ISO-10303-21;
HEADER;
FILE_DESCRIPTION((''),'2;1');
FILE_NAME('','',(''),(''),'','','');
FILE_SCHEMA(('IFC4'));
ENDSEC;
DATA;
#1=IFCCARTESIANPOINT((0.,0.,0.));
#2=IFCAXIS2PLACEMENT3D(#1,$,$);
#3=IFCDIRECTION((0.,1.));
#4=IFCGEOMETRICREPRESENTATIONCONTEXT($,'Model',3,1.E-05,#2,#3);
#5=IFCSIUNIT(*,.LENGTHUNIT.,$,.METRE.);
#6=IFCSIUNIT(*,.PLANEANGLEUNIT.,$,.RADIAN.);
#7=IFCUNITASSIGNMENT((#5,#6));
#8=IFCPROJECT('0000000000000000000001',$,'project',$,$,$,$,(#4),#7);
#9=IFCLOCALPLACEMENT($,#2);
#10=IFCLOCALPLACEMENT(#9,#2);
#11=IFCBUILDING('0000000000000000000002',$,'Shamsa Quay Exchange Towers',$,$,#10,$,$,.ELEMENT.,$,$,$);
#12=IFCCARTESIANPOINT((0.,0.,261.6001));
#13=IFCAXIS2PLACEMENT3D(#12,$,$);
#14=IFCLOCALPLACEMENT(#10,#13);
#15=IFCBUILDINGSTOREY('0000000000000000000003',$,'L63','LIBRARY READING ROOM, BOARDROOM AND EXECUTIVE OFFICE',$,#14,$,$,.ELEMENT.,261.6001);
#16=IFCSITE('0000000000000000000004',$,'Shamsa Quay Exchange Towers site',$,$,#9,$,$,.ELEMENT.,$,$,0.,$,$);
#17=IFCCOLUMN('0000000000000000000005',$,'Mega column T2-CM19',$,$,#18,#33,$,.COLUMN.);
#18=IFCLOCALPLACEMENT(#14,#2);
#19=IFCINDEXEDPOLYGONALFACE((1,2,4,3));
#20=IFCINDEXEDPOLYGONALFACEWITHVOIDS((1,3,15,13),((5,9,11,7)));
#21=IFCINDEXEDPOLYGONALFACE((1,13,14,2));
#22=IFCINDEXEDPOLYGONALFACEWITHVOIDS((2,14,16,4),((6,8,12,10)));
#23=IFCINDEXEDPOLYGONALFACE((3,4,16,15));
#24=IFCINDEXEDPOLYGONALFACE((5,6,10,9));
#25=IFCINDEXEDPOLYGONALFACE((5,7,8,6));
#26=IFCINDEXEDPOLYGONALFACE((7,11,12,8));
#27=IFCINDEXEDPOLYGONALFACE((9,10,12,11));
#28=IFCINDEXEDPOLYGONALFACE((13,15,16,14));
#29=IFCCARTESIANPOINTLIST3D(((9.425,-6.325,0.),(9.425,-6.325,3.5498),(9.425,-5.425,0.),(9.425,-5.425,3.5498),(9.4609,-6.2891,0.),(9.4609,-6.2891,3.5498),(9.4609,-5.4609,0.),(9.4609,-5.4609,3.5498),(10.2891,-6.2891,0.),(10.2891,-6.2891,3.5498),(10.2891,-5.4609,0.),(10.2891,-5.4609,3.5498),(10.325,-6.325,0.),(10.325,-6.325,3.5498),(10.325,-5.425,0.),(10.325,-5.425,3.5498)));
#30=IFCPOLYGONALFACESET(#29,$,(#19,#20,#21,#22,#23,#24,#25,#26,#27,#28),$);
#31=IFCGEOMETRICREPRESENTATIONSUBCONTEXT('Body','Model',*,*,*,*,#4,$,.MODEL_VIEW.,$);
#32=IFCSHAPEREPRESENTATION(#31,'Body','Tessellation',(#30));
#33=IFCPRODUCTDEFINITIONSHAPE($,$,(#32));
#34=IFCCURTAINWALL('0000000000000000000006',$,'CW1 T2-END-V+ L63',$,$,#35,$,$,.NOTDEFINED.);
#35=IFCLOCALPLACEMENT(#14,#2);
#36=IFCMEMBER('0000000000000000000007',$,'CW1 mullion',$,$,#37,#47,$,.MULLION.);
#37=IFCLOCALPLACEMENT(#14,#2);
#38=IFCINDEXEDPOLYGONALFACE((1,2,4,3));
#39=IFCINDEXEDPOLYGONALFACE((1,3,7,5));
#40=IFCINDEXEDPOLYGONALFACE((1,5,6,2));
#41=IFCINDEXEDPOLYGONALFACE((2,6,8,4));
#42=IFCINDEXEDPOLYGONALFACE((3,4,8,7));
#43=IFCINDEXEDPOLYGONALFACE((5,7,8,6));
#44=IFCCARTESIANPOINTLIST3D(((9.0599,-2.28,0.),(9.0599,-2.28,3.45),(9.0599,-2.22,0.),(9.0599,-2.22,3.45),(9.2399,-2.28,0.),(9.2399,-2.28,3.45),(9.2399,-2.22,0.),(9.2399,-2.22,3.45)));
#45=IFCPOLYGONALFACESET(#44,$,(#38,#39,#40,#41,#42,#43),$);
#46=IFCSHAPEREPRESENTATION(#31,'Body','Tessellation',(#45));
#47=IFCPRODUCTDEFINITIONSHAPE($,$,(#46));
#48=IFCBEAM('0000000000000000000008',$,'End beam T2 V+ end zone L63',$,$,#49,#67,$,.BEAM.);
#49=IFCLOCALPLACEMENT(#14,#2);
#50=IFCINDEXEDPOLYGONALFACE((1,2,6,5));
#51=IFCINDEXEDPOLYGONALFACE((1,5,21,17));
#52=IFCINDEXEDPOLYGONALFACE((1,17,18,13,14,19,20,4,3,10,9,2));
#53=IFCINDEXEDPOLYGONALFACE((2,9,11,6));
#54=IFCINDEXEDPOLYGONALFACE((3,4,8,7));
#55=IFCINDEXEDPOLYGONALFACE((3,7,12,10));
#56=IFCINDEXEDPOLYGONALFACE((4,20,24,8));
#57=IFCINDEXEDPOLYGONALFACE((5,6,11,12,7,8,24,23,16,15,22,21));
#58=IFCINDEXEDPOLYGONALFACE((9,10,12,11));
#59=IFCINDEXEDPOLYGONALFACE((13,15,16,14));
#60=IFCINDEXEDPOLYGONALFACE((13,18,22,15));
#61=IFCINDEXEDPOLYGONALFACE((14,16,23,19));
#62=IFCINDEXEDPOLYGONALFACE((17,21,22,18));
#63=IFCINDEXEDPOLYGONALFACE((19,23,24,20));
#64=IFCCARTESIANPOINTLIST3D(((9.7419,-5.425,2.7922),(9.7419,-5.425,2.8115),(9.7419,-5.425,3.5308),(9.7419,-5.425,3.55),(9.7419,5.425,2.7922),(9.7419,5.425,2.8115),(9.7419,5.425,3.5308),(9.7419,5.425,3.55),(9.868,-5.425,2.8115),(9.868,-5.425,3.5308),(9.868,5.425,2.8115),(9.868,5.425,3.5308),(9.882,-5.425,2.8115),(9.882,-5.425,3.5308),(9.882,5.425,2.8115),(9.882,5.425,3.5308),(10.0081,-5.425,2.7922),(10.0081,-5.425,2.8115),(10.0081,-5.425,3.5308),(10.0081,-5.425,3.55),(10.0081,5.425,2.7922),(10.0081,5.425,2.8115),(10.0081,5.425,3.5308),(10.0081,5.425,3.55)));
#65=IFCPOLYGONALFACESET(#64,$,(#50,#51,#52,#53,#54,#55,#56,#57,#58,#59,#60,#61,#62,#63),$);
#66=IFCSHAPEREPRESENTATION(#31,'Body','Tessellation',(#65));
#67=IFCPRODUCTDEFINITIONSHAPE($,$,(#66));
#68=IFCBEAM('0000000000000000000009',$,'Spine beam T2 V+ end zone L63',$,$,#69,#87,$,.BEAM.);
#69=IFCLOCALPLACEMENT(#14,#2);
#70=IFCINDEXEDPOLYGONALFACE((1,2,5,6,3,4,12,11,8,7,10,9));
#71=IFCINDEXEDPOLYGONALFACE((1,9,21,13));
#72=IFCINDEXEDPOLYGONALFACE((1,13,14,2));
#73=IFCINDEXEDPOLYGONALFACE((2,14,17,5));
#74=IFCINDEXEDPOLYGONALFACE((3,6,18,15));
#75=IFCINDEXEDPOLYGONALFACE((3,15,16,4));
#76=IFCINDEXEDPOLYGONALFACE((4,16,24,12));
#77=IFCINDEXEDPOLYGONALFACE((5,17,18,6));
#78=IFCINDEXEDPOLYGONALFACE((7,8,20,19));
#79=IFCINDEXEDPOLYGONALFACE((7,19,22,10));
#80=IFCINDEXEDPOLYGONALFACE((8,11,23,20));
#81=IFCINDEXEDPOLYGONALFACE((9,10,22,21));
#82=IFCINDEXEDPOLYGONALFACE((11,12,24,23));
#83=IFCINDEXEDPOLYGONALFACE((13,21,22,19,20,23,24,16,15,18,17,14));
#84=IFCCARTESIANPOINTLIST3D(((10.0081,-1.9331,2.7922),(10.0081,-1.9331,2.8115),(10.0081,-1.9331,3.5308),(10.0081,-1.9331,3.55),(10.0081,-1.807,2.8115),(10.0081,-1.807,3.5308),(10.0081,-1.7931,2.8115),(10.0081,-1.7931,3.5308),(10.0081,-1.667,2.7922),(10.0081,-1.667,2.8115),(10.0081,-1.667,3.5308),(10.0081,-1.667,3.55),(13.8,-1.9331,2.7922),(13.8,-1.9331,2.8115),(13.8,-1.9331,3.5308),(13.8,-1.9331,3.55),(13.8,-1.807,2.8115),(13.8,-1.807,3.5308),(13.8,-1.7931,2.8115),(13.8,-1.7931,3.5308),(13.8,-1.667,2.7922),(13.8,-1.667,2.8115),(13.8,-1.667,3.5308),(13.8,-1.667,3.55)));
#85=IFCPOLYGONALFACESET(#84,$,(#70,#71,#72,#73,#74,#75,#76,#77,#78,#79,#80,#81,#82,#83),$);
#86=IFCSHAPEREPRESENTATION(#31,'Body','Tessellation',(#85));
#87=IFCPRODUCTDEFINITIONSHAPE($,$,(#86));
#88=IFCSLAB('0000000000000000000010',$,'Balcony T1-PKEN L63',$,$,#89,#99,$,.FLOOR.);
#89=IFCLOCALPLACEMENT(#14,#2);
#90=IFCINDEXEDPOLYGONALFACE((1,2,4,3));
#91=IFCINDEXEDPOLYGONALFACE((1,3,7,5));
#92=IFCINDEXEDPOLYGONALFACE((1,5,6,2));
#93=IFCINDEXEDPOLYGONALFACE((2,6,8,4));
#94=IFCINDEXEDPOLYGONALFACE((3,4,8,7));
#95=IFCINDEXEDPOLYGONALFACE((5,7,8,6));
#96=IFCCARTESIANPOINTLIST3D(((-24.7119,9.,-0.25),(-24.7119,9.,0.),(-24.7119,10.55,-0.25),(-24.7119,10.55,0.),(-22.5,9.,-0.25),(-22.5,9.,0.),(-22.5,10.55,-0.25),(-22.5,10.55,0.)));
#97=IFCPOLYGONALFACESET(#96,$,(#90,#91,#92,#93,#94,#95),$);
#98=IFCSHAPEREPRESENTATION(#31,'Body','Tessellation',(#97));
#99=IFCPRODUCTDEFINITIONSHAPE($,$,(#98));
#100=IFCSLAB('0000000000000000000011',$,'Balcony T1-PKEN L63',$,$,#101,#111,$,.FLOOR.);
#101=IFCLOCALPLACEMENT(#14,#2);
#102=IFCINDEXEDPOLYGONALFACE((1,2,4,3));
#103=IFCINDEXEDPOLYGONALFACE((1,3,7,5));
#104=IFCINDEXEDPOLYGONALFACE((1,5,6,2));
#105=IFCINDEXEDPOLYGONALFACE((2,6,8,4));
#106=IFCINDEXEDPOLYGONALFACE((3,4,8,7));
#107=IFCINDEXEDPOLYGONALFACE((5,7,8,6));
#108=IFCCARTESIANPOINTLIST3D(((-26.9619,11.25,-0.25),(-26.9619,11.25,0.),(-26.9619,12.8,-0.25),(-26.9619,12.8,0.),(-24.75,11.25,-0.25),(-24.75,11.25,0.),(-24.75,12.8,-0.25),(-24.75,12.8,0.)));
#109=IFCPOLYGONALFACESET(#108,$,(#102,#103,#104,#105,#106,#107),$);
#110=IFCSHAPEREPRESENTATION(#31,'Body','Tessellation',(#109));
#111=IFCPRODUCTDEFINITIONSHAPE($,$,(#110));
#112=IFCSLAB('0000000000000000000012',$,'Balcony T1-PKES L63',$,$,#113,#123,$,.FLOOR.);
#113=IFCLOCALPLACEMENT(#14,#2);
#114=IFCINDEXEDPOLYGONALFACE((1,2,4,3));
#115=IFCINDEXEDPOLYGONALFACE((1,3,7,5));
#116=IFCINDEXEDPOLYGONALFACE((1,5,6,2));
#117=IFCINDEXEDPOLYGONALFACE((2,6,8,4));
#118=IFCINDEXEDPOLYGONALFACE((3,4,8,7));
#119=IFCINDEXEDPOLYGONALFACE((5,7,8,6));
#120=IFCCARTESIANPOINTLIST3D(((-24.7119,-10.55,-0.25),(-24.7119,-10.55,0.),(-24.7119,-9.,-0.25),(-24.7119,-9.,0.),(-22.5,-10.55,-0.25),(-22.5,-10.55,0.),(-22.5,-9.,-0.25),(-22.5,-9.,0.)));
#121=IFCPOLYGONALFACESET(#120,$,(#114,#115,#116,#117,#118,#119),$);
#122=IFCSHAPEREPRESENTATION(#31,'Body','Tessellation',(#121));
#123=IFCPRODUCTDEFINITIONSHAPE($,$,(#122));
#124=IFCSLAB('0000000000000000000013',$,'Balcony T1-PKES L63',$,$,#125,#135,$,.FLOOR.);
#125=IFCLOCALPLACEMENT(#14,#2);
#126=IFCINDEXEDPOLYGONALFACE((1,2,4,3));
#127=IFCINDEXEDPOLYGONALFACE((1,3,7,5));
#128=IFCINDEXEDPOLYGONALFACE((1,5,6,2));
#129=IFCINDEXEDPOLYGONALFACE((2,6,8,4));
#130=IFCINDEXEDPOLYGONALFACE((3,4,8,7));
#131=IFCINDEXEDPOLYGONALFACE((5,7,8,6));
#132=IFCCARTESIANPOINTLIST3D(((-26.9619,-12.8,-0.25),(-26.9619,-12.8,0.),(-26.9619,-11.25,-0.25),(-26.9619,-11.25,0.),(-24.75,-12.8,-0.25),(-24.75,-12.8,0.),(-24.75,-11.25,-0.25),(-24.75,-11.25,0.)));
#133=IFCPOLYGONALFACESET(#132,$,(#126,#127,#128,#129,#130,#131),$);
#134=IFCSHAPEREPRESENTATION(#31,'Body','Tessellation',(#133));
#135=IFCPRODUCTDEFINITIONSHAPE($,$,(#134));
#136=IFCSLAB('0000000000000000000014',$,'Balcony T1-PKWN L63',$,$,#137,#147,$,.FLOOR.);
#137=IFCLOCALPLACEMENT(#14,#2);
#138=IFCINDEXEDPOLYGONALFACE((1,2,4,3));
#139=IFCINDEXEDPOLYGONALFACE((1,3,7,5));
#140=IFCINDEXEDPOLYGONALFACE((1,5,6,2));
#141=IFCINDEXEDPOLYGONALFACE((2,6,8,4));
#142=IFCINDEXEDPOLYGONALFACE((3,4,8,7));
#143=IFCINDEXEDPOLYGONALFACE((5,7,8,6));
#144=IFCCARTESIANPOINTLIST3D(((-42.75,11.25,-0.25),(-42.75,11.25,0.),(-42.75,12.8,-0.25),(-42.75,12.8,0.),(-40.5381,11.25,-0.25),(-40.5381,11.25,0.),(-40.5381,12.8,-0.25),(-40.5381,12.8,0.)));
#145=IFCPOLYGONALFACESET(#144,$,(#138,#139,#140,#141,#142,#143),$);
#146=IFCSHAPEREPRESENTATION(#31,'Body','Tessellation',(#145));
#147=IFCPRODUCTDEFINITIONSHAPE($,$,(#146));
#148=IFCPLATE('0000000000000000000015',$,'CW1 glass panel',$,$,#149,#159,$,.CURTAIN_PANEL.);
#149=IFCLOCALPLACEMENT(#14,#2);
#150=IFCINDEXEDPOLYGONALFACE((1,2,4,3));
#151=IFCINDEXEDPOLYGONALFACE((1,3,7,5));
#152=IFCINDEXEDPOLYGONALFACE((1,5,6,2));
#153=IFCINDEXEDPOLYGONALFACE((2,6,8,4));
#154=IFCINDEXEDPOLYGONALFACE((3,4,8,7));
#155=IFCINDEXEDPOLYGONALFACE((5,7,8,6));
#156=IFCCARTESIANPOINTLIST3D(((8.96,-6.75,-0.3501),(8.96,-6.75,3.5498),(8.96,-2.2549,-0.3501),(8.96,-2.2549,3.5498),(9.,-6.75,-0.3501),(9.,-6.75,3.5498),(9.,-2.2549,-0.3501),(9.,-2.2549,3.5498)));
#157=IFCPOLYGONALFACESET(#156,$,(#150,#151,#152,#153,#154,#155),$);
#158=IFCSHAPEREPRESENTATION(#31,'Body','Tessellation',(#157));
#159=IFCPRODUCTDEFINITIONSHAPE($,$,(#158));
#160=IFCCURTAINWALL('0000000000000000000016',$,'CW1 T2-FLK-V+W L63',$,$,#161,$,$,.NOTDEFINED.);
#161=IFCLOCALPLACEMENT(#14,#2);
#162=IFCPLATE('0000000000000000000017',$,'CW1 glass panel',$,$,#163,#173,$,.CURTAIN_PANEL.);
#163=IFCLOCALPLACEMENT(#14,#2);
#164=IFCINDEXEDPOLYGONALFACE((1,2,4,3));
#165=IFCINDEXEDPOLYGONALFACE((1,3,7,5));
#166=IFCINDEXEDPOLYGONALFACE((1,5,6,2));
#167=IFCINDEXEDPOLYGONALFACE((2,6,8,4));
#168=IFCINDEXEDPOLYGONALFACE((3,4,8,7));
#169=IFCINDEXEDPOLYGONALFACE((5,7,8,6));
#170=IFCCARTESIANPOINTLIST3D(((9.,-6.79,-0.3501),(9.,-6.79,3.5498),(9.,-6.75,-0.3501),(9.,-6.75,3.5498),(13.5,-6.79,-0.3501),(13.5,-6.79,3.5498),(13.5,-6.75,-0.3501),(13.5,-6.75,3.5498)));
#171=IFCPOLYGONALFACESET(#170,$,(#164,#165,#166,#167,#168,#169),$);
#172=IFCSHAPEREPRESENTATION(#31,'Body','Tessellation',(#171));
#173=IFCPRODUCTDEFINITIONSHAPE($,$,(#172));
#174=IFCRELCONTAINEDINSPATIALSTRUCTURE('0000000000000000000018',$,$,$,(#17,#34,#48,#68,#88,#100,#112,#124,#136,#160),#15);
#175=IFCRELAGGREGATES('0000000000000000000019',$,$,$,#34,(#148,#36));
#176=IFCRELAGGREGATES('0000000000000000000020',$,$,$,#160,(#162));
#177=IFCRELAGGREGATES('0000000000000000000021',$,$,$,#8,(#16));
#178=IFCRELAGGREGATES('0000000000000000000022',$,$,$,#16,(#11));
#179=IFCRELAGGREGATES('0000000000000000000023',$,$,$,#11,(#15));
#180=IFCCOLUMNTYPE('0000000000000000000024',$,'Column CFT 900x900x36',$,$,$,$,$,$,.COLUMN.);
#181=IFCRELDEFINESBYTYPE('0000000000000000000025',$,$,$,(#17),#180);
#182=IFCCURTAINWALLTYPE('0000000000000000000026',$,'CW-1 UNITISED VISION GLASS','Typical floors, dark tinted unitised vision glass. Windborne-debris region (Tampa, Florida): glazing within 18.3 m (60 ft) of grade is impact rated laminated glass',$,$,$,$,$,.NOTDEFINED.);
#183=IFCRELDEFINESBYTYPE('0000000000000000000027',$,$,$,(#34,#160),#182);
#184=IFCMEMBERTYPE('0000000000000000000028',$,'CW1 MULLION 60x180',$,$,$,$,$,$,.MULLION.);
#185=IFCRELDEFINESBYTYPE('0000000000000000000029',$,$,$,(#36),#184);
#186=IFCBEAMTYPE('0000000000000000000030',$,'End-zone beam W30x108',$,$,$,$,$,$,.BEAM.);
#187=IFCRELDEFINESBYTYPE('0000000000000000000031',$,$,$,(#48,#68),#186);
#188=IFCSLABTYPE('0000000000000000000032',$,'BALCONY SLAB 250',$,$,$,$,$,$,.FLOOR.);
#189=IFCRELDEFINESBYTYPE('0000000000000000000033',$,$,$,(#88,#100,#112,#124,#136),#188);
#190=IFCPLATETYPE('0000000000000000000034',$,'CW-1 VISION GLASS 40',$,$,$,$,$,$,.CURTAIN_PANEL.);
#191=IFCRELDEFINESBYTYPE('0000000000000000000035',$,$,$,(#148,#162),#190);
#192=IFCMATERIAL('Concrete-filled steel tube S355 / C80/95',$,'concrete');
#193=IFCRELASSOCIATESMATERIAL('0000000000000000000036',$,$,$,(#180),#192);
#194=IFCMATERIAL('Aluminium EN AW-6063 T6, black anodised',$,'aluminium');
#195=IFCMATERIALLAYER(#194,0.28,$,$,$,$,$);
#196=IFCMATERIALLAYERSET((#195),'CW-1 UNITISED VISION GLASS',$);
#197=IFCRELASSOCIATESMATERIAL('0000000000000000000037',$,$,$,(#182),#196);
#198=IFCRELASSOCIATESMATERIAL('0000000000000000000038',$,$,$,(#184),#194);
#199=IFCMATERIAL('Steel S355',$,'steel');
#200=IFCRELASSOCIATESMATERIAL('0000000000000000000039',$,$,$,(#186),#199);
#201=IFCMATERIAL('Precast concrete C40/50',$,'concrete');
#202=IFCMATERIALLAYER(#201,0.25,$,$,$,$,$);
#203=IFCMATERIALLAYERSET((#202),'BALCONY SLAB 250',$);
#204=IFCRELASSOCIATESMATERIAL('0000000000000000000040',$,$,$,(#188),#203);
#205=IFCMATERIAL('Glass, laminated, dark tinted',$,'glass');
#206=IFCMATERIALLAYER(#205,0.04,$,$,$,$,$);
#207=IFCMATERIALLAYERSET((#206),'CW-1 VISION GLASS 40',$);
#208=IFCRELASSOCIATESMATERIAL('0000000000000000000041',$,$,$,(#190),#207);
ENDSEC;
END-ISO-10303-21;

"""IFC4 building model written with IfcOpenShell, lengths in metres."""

from ifc_helpers import new_model, si_unit, direction, frame, origin, origin_2d, place, context, subcontext, project, spatial, polyline, rectangle, hollow_rectangle, i_section, outline, extrude, material, layer, layer_set, material_profile, profile_set, type_object, element, aggregate, save


model = new_model("IFC4")

# Units and contexts
model_context = context("Model", 3, precision=1e-05, world=origin(), true_north=direction((0.0, 1.0)))
body_context = subcontext(model_context, "Body", "Model", "MODEL_VIEW")
ifc_project = project(units=[si_unit("LENGTHUNIT", "METRE"), si_unit("PLANEANGLEUNIT", "RADIAN")], contexts=[model_context])

# Site, building, storey
site_placement = place(None, origin())
site = spatial("IfcSite", under=ifc_project, at=site_placement, Name="Shamsa Quay Exchange Towers site", CompositionType="ELEMENT", RefElevation=0.0)
building_placement = place(site_placement, origin())
building = spatial("IfcBuilding", under=site, at=building_placement, Name="Shamsa Quay Exchange Towers", CompositionType="ELEMENT")
storey_placement = place(building_placement, frame((0.0, 0.0, 261.6001)))
storey = spatial("IfcBuildingStorey", under=building, at=storey_placement, Name="L63", Description="LIBRARY READING ROOM, BOARDROOM AND EXECUTIVE OFFICE", CompositionType="ELEMENT", Elevation=261.6001)

# Column
ifc_material_1 = material(Name="Concrete-filled steel tube S355 / C80/95", Category="concrete")
ifc_material_profile_1 = material_profile(ifc_material_1, hollow_rectangle(XDim=0.8999, YDim=0.8999, WallThickness=0.0359, at=origin_2d()), Name="CFT 900x900x36")
ifc_profile_set_1 = profile_set([ifc_material_profile_1], Name="Concrete-filled steel tube S355 / C80/95")
column_type = type_object("IfcColumnType", Name="Column CFT 900x900x36", PredefinedType="COLUMN", material=ifc_profile_set_1)
column_placement = place(storey_placement, frame((9.875, -5.875, 0.0)))
element("IfcColumn", 1, at=column_placement, inside=storey, type_object=column_type, Name="Mega column T2-CM19", PredefinedType="COLUMN", context=body_context, shape_type="SweptSolid", body=[
    extrude(hollow_rectangle(XDim=0.8999, YDim=0.8999, WallThickness=0.0359, at=origin_2d()), origin(), (0.0, 0.0, 1.0), 3.5498),
])

# Curtain wall, member
ifc_material_2 = material(Name="Aluminium EN AW-6063 T6, black anodised", Category="aluminium")
ifc_layer_1 = layer(ifc_material_2, 0.28)
ifc_layer_set_1 = layer_set([ifc_layer_1], Name="CW-1 UNITISED VISION GLASS")
curtain_wall_type = type_object("IfcCurtainWallType", Name="CW-1 UNITISED VISION GLASS", Description="Typical floors, dark tinted unitised vision glass. Windborne-debris region (Tampa, Florida): glazing within 18.3 m (60 ft) of grade is impact rated laminated glass", PredefinedType="NOTDEFINED", material=ifc_layer_set_1)
curtain_wall_1_placement = place(storey_placement, origin())
curtain_wall_1 = element("IfcCurtainWall", 2, at=curtain_wall_1_placement, inside=storey, type_object=curtain_wall_type, Name="CW1 T2-END-V+ L63", PredefinedType="NOTDEFINED")
ifc_material_profile_2 = material_profile(ifc_material_2, rectangle(XDim=0.1799, YDim=0.0601, at=origin_2d()), Name="MU60x180")
ifc_profile_set_2 = profile_set([ifc_material_profile_2], Name="Aluminium EN AW-6063 T6, black anodised")
member_type = type_object("IfcMemberType", Name="CW1 MULLION 60x180", PredefinedType="MULLION", material=ifc_profile_set_2)
member_placement = place(storey_placement, frame((9.1499, -2.25, 0.0)))
member = element("IfcMember", 3, at=member_placement, type_object=member_type, Name="CW1 mullion", PredefinedType="MULLION", context=body_context, shape_type="SweptSolid", body=[
    extrude(rectangle(XDim=0.1799, YDim=0.0601, at=origin_2d()), origin(), (0.0, 0.0, 1.0), 3.45),
])

# Beams
ifc_material_3 = material(Name="Steel S355", Category="steel")
ifc_material_profile_3 = material_profile(ifc_material_3, i_section(OverallWidth=0.2661, OverallDepth=0.7578, WebThickness=0.0139, FlangeThickness=0.0193, at=origin_2d()), Name="W30x108")
ifc_profile_set_3 = profile_set([ifc_material_profile_3], Name="Steel S355")
beam_type = type_object("IfcBeamType", Name="End-zone beam W30x108", PredefinedType="BEAM", material=ifc_profile_set_3)
beam_1_placement = place(storey_placement, frame((9.875, -5.425, 3.1711), z_axis=(0.0, 1.0, 0.0), x_axis=(-1.0, 0.0, 0.0)))
element("IfcBeam", 4, at=beam_1_placement, inside=storey, type_object=beam_type, Name="End beam T2 V+ end zone L63", PredefinedType="BEAM", context=body_context, shape_type="SweptSolid", body=[
    extrude(i_section(OverallWidth=0.2661, OverallDepth=0.7578, WebThickness=0.0139, FlangeThickness=0.0193, at=origin_2d()), origin(), (0.0, 0.0, 1.0), 10.8501),
])
beam_2_placement = place(storey_placement, frame((13.8, -1.8, 3.1711), z_axis=(-1.0, 0.0, 0.0), x_axis=(0.0, -1.0, 0.0)))
element("IfcBeam", 5, at=beam_2_placement, inside=storey, type_object=beam_type, Name="Spine beam T2 V+ end zone L63", PredefinedType="BEAM", context=body_context, shape_type="SweptSolid", body=[
    extrude(i_section(OverallWidth=0.2661, OverallDepth=0.7578, WebThickness=0.0139, FlangeThickness=0.0193, at=origin_2d()), origin(), (0.0, 0.0, 1.0), 3.792),
])

# Slabs
ifc_material_4 = material(Name="Precast concrete C40/50", Category="concrete")
ifc_layer_2 = layer(ifc_material_4, 0.25)
ifc_layer_set_2 = layer_set([ifc_layer_2], Name="BALCONY SLAB 250")
slab_type_1 = type_object("IfcSlabType", Name="BALCONY SLAB 250", PredefinedType="FLOOR", material=ifc_layer_set_2)
slab_1_placement = place(storey_placement, frame((0.0, 0.0, -0.25)))
element("IfcSlab", 6, at=slab_1_placement, inside=storey, type_object=slab_type_1, Name="Balcony T1-PKEN L63", PredefinedType="FLOOR", context=body_context, shape_type="SweptSolid", body=[
    extrude(outline(polyline([(-22.5, 9.0), (-24.7119, 9.0), (-24.7119, 10.55), (-22.5, 10.55), (-22.5, 9.0)])), origin(), (0.0, 0.0, 1.0), 0.25),
])
slab_2_placement = place(storey_placement, frame((0.0, 0.0, -0.25)))
element("IfcSlab", 7, at=slab_2_placement, inside=storey, type_object=slab_type_1, Name="Balcony T1-PKEN L63", PredefinedType="FLOOR", context=body_context, shape_type="SweptSolid", body=[
    extrude(outline(polyline([(-24.75, 11.25), (-26.9619, 11.25), (-26.9619, 12.8), (-24.75, 12.8), (-24.75, 11.25)])), origin(), (0.0, 0.0, 1.0), 0.25),
])
slab_3_placement = place(storey_placement, frame((0.0, 0.0, -0.25)))
element("IfcSlab", 8, at=slab_3_placement, inside=storey, type_object=slab_type_1, Name="Balcony T1-PKES L63", PredefinedType="FLOOR", context=body_context, shape_type="SweptSolid", body=[
    extrude(outline(polyline([(-24.7119, -9.0), (-22.5, -9.0), (-22.5, -10.55), (-24.7119, -10.55), (-24.7119, -9.0)])), origin(), (0.0, 0.0, 1.0), 0.25),
])
slab_4_placement = place(storey_placement, frame((0.0, 0.0, -0.25)))
element("IfcSlab", 9, at=slab_4_placement, inside=storey, type_object=slab_type_1, Name="Balcony T1-PKES L63", PredefinedType="FLOOR", context=body_context, shape_type="SweptSolid", body=[
    extrude(outline(polyline([(-26.9619, -11.25), (-24.75, -11.25), (-24.75, -12.8), (-26.9619, -12.8), (-26.9619, -11.25)])), origin(), (0.0, 0.0, 1.0), 0.25),
])
slab_5_placement = place(storey_placement, frame((0.0, 0.0, -0.25)))
element("IfcSlab", 10, at=slab_5_placement, inside=storey, type_object=slab_type_1, Name="Balcony T1-PKWN L63", PredefinedType="FLOOR", context=body_context, shape_type="SweptSolid", body=[
    extrude(outline(polyline([(-40.5381, 11.25), (-42.75, 11.25), (-42.75, 12.8), (-40.5381, 12.8), (-40.5381, 11.25)])), origin(), (0.0, 0.0, 1.0), 0.25),
])

# Plate
ifc_material_5 = material(Name="Glass, laminated, dark tinted", Category="glass")
ifc_layer_3 = layer(ifc_material_5, 0.04)
ifc_layer_set_3 = layer_set([ifc_layer_3], Name="CW-1 VISION GLASS 40")
plate_type = type_object("IfcPlateType", Name="CW-1 VISION GLASS 40", PredefinedType="CURTAIN_PANEL", material=ifc_layer_set_3)
plate_1_placement = place(storey_placement, frame((8.98, -4.5024, -0.3501), z_axis=(0.0, 0.0, 1.0), x_axis=(0.0, -1.0, 0.0)))
plate_1 = element("IfcPlate", 11, at=plate_1_placement, type_object=plate_type, Name="CW1 glass panel", PredefinedType="CURTAIN_PANEL", context=body_context, shape_type="SweptSolid", body=[
    extrude(rectangle(XDim=4.4951, YDim=0.04, at=origin_2d()), origin(), (0.0, 0.0, 1.0), 3.8999),
])
aggregate(curtain_wall_1, [plate_1, member])

# Curtain wall, plate
curtain_wall_2_placement = place(storey_placement, origin())
curtain_wall_2 = element("IfcCurtainWall", 12, at=curtain_wall_2_placement, inside=storey, type_object=curtain_wall_type, Name="CW1 T2-FLK-V+W L63", PredefinedType="NOTDEFINED")
plate_2_placement = place(storey_placement, frame((11.25, -6.77, -0.3501)))
plate_2 = element("IfcPlate", 13, at=plate_2_placement, type_object=plate_type, Name="CW1 glass panel", PredefinedType="CURTAIN_PANEL", context=body_context, shape_type="SweptSolid", body=[
    extrude(rectangle(XDim=4.5, YDim=0.04, at=origin_2d()), origin(), (0.0, 0.0, 1.0), 3.8999),
])
aggregate(curtain_wall_2, [plate_2])

save(model, "model.ifc")
